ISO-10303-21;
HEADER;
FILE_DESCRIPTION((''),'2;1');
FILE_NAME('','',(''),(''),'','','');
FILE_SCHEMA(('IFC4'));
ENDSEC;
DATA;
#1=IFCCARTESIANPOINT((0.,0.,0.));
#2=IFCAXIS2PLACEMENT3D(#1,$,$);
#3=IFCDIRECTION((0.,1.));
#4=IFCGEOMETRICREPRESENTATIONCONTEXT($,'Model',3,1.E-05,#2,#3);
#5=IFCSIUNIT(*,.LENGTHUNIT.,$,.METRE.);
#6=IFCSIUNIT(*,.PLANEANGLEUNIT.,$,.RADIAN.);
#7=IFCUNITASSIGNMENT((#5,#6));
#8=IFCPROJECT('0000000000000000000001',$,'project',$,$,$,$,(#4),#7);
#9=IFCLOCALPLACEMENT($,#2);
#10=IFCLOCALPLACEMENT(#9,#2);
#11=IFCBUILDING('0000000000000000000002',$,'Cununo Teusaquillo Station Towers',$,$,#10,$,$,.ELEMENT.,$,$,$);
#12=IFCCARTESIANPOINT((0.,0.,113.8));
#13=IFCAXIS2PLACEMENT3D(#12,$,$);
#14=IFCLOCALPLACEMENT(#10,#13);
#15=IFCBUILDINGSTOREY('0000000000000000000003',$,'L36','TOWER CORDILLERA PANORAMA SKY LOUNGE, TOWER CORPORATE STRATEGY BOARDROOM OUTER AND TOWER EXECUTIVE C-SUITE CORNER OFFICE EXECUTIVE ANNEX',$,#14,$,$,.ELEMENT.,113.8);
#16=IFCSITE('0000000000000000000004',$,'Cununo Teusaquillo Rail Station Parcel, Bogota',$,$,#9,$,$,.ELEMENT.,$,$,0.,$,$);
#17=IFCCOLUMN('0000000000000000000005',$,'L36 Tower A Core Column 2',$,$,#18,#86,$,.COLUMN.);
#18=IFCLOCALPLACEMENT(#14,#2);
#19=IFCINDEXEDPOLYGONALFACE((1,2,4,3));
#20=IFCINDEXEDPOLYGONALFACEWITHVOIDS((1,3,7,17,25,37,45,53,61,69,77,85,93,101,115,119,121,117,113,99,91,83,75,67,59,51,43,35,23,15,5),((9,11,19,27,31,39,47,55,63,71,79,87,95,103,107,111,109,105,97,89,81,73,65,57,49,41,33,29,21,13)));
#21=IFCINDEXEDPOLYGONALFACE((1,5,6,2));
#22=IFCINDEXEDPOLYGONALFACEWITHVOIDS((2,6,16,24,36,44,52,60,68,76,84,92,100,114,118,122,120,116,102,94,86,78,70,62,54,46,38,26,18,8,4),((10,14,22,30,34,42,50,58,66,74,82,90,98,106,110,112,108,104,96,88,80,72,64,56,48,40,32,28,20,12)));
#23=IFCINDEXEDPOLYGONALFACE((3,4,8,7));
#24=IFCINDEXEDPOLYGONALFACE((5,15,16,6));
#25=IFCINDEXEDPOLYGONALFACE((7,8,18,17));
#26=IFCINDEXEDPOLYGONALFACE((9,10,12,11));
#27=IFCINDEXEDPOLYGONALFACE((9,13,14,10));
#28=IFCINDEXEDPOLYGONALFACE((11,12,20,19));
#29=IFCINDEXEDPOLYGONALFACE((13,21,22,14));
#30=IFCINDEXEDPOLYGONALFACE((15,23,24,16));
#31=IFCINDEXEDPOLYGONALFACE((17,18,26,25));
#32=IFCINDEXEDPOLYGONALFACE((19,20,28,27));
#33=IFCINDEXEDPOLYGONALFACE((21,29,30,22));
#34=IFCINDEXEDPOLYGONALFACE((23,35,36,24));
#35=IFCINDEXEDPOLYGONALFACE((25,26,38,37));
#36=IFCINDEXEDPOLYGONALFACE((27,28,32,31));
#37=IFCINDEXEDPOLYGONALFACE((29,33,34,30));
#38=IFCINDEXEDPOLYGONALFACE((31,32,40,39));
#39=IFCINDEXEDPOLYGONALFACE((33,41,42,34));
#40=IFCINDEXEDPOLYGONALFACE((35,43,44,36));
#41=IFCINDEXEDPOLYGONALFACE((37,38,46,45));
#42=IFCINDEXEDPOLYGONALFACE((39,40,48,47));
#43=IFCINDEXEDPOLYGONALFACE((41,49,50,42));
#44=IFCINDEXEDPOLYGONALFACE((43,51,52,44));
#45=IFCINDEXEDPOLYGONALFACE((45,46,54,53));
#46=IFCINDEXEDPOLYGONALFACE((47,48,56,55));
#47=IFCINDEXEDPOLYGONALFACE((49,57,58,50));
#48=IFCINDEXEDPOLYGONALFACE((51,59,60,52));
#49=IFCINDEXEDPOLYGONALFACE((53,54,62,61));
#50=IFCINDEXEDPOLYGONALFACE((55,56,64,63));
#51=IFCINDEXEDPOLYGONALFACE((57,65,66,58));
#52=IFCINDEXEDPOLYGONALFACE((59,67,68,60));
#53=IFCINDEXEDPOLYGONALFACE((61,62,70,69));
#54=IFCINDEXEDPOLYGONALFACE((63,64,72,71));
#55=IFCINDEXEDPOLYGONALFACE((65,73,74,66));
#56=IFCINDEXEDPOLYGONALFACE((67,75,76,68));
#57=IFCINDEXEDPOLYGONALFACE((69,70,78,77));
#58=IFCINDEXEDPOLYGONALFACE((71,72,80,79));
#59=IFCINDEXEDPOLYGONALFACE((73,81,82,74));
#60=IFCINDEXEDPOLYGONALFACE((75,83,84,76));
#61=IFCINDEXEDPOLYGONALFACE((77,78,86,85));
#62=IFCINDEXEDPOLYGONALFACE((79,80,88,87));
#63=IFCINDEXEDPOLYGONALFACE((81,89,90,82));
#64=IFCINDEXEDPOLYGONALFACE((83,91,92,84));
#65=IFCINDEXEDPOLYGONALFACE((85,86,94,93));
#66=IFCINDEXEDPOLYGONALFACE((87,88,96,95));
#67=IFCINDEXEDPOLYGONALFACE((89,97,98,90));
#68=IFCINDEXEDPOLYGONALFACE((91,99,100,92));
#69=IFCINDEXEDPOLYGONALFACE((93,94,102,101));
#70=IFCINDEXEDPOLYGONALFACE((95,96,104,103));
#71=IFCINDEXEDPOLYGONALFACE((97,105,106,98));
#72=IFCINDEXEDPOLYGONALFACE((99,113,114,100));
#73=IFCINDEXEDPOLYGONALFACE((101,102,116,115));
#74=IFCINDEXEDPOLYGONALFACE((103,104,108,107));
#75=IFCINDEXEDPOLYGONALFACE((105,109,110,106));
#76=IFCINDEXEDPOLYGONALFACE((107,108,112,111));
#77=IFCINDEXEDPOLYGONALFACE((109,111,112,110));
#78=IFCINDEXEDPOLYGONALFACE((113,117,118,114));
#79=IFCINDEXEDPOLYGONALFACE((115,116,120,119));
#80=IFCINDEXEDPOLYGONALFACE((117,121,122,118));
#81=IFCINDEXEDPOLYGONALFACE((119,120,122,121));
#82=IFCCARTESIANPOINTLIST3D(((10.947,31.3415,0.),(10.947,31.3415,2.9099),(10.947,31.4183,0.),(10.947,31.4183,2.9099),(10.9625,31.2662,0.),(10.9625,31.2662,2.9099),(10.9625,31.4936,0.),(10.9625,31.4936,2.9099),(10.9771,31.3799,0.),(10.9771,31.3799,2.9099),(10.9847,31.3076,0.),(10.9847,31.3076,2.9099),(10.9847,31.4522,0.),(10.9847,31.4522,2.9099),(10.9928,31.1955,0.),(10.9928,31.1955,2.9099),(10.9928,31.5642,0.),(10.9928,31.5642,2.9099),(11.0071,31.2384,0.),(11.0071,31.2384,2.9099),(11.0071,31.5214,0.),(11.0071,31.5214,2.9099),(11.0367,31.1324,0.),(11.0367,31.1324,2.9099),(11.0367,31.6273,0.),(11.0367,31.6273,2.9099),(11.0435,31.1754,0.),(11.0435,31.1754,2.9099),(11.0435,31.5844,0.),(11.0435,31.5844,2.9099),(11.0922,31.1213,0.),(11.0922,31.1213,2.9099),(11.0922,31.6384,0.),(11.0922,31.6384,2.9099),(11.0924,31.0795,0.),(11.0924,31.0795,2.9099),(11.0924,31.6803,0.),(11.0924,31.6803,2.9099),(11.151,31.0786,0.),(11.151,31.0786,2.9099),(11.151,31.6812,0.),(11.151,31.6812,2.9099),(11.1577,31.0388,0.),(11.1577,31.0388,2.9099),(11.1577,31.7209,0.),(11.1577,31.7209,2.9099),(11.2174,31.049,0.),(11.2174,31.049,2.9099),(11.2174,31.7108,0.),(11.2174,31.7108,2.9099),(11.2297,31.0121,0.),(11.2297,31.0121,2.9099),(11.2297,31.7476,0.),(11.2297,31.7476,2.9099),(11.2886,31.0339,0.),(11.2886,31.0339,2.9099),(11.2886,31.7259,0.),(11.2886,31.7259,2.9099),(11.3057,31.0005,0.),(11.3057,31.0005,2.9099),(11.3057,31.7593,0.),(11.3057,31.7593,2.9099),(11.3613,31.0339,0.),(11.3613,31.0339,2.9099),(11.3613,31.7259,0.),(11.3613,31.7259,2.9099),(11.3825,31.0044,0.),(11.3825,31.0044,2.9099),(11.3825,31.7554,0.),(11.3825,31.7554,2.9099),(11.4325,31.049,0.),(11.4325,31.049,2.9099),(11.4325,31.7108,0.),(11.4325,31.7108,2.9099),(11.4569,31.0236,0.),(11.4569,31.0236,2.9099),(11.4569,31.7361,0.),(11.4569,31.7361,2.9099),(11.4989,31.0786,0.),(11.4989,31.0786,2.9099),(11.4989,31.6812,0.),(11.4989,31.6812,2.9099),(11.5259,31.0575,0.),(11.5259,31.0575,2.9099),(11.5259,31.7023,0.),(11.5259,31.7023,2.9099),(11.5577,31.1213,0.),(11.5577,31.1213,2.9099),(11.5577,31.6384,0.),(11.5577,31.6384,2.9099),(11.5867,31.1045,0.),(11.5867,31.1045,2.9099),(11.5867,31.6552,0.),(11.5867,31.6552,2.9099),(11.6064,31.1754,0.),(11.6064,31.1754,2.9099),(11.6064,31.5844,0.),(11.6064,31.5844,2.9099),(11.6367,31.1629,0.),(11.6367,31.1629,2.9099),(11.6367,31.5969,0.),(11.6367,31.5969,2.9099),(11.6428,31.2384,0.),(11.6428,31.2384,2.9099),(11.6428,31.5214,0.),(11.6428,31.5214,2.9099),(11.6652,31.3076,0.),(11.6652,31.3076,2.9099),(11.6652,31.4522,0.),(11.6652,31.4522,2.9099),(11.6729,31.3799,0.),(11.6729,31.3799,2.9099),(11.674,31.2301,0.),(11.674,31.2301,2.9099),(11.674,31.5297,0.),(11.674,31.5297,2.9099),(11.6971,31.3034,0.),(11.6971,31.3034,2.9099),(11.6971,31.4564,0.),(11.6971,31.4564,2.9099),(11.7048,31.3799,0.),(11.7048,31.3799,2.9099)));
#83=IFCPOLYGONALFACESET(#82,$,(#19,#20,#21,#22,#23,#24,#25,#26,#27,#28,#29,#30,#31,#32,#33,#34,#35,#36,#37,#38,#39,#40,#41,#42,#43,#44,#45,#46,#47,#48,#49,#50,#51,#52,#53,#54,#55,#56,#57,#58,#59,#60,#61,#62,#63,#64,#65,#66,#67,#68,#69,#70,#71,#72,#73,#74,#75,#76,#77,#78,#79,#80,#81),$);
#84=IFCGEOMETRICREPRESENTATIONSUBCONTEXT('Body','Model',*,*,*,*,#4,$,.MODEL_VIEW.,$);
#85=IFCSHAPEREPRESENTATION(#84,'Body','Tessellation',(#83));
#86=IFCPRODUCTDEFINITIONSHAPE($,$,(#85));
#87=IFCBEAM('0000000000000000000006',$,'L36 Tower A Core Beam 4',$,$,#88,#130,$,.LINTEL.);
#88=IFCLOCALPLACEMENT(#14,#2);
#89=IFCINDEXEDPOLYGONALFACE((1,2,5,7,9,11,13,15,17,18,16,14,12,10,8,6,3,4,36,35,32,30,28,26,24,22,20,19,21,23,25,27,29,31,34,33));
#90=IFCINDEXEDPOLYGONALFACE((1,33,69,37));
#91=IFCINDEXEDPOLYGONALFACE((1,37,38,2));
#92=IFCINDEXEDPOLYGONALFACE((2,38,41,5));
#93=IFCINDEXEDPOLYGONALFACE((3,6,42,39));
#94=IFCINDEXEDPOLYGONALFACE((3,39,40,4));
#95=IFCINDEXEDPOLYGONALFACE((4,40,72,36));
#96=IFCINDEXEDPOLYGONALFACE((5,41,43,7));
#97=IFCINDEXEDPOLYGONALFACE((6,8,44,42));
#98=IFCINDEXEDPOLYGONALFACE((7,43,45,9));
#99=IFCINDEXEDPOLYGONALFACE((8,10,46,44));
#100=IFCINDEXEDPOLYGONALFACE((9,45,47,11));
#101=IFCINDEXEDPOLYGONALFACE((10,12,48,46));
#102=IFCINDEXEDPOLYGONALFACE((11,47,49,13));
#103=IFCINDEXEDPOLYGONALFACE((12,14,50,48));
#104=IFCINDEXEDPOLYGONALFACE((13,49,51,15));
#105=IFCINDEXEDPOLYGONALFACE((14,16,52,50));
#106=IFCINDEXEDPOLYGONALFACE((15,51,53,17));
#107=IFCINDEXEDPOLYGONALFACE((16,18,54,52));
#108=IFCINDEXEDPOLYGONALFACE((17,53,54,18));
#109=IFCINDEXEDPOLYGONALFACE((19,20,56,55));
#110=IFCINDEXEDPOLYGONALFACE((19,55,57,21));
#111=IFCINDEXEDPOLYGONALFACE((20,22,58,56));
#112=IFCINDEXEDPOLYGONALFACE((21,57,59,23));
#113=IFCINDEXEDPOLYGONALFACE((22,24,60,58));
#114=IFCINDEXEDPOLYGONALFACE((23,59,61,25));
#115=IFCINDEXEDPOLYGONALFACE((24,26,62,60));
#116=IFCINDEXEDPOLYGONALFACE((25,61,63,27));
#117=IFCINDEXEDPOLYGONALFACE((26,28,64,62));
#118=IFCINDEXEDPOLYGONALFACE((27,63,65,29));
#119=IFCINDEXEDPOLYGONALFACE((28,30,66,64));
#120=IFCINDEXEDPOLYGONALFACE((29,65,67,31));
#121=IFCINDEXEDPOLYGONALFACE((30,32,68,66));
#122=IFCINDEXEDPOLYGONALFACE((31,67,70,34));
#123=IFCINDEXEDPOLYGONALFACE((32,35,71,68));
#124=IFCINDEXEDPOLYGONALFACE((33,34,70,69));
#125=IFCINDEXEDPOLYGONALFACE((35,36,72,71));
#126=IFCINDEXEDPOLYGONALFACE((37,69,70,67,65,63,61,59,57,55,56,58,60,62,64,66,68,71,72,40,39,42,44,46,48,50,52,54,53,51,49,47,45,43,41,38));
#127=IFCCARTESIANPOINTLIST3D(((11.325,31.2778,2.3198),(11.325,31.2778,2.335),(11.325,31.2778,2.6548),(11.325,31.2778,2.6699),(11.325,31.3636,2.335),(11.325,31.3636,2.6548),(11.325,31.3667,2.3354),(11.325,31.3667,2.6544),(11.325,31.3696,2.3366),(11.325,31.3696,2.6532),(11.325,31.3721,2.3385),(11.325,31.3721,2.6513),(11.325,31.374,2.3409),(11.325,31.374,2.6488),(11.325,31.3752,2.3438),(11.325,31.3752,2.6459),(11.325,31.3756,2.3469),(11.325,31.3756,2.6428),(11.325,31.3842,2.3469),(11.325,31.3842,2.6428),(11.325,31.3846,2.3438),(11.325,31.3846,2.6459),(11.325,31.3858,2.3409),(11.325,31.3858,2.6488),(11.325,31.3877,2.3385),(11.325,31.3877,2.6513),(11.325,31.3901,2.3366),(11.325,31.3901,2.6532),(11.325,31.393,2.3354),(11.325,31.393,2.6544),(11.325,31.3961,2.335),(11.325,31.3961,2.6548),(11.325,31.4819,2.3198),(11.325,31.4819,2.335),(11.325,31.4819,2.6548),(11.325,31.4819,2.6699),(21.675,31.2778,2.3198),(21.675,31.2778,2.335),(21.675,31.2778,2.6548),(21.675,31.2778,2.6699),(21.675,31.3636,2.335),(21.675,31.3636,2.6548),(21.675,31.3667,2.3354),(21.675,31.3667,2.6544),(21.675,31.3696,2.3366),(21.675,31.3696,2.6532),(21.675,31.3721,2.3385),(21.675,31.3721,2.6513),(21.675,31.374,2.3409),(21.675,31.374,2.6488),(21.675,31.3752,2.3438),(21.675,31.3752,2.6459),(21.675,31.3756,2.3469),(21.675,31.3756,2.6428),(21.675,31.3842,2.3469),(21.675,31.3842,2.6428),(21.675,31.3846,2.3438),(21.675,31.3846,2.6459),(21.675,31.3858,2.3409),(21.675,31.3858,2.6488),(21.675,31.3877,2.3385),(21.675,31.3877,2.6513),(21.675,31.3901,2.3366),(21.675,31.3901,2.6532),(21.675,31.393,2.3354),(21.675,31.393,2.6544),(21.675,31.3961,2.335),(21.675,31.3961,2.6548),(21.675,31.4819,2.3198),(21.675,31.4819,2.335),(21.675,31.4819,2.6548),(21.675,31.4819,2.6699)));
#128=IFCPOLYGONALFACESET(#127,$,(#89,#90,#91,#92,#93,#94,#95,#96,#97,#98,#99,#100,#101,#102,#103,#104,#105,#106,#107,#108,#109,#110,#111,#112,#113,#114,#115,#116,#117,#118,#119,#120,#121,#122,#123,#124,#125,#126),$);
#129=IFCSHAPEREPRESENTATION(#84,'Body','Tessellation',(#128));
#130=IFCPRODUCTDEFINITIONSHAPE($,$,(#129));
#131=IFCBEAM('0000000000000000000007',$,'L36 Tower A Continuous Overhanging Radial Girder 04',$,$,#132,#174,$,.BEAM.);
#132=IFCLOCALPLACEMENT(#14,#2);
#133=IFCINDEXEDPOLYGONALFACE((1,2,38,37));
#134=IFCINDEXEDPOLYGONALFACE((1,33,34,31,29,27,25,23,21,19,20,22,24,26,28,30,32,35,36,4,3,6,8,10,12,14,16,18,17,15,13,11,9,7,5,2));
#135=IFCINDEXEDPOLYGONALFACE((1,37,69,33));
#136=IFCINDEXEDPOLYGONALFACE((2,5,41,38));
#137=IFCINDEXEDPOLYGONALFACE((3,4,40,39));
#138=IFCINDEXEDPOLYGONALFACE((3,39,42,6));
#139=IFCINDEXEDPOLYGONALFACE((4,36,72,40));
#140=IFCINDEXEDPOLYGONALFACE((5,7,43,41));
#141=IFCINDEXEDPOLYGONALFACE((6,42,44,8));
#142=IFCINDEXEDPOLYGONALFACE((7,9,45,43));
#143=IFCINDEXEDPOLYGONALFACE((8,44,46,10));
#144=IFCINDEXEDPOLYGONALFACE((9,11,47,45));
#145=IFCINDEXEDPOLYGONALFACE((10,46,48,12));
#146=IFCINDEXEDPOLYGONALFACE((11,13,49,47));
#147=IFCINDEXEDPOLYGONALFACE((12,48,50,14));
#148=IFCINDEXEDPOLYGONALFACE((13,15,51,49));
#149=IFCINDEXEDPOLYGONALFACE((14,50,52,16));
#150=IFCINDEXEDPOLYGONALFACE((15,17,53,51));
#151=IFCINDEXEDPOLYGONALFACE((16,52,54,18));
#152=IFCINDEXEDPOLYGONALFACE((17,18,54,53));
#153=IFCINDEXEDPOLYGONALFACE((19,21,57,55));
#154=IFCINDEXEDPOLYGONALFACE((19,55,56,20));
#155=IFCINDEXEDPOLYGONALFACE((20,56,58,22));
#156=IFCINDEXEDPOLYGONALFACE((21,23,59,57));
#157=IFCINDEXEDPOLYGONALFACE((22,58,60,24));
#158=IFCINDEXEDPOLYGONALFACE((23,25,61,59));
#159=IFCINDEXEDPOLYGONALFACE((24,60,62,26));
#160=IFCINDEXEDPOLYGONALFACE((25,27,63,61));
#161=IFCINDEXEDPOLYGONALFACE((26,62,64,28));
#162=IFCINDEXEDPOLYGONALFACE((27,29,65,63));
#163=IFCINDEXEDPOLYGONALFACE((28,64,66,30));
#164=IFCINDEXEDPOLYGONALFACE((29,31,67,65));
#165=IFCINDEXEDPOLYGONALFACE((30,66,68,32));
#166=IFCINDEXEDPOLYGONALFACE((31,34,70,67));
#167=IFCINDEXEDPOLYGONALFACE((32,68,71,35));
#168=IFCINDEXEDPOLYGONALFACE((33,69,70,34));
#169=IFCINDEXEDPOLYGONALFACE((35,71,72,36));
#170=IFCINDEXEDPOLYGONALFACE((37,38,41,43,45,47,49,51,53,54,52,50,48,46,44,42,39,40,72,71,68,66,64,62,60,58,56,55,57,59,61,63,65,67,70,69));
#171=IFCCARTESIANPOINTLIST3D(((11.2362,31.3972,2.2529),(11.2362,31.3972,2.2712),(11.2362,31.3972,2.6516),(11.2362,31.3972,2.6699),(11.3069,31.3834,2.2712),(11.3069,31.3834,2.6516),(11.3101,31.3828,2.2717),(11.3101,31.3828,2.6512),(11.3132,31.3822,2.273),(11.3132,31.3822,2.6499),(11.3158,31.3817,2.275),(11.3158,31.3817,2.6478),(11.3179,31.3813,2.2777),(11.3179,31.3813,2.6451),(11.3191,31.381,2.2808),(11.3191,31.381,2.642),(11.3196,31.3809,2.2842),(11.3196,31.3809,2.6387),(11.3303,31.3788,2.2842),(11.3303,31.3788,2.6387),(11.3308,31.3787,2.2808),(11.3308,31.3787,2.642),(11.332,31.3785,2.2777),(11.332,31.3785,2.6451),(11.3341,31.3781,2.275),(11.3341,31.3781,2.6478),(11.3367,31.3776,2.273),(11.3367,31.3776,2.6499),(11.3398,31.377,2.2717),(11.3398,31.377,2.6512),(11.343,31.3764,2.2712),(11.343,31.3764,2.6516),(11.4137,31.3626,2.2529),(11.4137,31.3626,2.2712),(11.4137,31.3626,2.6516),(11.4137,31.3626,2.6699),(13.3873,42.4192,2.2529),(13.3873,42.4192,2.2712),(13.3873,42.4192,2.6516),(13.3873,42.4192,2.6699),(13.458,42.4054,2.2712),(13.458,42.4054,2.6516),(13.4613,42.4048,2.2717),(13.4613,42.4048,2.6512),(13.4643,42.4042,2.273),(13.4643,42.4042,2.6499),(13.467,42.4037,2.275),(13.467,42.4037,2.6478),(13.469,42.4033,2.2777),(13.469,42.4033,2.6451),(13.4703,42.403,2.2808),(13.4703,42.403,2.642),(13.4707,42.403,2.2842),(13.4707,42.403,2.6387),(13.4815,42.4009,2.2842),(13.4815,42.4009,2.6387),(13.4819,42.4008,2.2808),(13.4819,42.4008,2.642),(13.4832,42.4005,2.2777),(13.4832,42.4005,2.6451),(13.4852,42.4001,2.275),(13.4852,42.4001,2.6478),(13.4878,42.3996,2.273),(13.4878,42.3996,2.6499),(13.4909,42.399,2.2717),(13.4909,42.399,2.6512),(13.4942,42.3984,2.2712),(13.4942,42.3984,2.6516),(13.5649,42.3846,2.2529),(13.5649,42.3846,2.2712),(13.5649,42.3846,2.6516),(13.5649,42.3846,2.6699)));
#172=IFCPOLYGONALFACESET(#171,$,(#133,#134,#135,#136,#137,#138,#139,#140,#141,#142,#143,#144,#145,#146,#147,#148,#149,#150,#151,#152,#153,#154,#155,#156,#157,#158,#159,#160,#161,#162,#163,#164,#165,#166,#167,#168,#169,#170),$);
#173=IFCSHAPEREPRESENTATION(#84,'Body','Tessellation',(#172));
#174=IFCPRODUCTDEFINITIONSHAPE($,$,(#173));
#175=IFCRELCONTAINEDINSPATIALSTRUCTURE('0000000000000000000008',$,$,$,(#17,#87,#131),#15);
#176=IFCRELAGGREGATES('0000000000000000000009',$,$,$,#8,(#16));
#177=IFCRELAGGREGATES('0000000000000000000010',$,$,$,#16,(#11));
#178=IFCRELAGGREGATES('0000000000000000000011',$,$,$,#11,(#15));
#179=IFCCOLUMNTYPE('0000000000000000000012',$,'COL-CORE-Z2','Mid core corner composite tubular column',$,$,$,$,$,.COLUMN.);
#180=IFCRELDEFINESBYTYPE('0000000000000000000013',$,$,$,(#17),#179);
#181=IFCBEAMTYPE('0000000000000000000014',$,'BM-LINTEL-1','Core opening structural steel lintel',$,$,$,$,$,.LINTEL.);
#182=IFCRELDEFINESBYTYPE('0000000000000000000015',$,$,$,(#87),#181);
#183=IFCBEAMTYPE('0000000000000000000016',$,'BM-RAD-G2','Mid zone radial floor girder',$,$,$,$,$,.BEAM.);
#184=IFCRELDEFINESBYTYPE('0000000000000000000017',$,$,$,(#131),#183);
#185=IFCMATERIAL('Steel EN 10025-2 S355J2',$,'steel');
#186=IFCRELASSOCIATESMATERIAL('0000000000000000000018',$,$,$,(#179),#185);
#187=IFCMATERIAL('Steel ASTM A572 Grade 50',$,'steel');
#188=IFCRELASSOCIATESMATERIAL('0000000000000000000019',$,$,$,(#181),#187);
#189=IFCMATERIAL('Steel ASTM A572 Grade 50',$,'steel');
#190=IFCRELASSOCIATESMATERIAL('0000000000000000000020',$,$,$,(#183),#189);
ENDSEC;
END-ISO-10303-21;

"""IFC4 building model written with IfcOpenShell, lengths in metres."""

from ifc_helpers import new_model, si_unit, direction, frame, origin, origin_2d, place, context, subcontext, project, spatial, hollow_circle, i_section, extrude, material, material_profile, profile_set, type_object, element, save


model = new_model("IFC4")

# Units and contexts
model_context = context("Model", 3, precision=1e-05, world=origin(), true_north=direction((0.0, 1.0)))
body_context = subcontext(model_context, "Body", "Model", "MODEL_VIEW")
ifc_project = project(units=[si_unit("LENGTHUNIT", "METRE"), si_unit("PLANEANGLEUNIT", "RADIAN")], contexts=[model_context])

# Site, building, storey
site_placement = place(None, origin())
site = spatial("IfcSite", under=ifc_project, at=site_placement, Name="Cununo Teusaquillo Rail Station Parcel, Bogota", CompositionType="ELEMENT", RefElevation=0.0)
building_placement = place(site_placement, origin())
building = spatial("IfcBuilding", under=site, at=building_placement, Name="Cununo Teusaquillo Station Towers", CompositionType="ELEMENT")
storey_placement = place(building_placement, frame((0.0, 0.0, 113.8)))
storey = spatial("IfcBuildingStorey", under=building, at=storey_placement, Name="L36", Description="TOWER CORDILLERA PANORAMA SKY LOUNGE, TOWER CORPORATE STRATEGY BOARDROOM OUTER AND TOWER EXECUTIVE C-SUITE CORNER OFFICE EXECUTIVE ANNEX", CompositionType="ELEMENT", Elevation=113.8)

# Column
ifc_material_1 = material(Name="Steel EN 10025-2 S355J2", Category="steel")
ifc_material_profile_1 = material_profile(ifc_material_1, hollow_circle(Radius=0.3799, WallThickness=0.032, at=origin_2d()), Name="CHS 760x32")
ifc_profile_set_1 = profile_set([ifc_material_profile_1], Name="Steel EN 10025-2 S355J2")
column_type = type_object("IfcColumnType", Name="COL-CORE-Z2", Description="Mid core corner composite tubular column", PredefinedType="COLUMN", material=ifc_profile_set_1)
column_placement = place(storey_placement, frame((11.325, 31.3799, 0.0), z_axis=(0.0, 0.0, 1.0), x_axis=(1.0, 0.0, 0.0)))
element("IfcColumn", 1, at=column_placement, inside=storey, type_object=column_type, Name="L36 Tower A Core Column 2", PredefinedType="COLUMN", context=body_context, shape_type="SweptSolid", body=[
    extrude(hollow_circle(Radius=0.3799, WallThickness=0.032, at=origin_2d()), origin(), (0.0, 0.0, 1.0), 2.9099),
])

# Beams
ifc_material_2 = material(Name="Steel ASTM A572 Grade 50", Category="steel")
ifc_material_profile_2 = material_profile(ifc_material_2, i_section(OverallWidth=0.2041, OverallDepth=0.3501, WebThickness=0.0085, FlangeThickness=0.0151, FilletRadius=0.012, at=origin_2d()), Name="W14X48")
ifc_profile_set_2 = profile_set([ifc_material_profile_2], Name="Steel ASTM A572 Grade 50")
beam_type_1 = type_object("IfcBeamType", Name="BM-LINTEL-1", Description="Core opening structural steel lintel", PredefinedType="LINTEL", material=ifc_profile_set_2)
beam_1_placement = place(storey_placement, frame((11.325, 31.3799, 2.4949), z_axis=(1.0, 0.0, 0.0), x_axis=(0.0, 1.0, 0.0)))
element("IfcBeam", 2, at=beam_1_placement, inside=storey, type_object=beam_type_1, Name="L36 Tower A Core Beam 4", PredefinedType="LINTEL", context=body_context, shape_type="SweptSolid", body=[
    extrude(i_section(OverallWidth=0.2041, OverallDepth=0.3501, WebThickness=0.0085, FlangeThickness=0.0151, FilletRadius=0.012, at=origin_2d()), origin(), (0.0, 0.0, 1.0), 10.3501),
])
ifc_material_3 = material(Name="Steel ASTM A572 Grade 50", Category="steel")
ifc_material_profile_3 = material_profile(ifc_material_3, i_section(OverallWidth=0.1809, OverallDepth=0.417, WebThickness=0.011, FlangeThickness=0.0183, FilletRadius=0.0129, at=origin_2d()), Name="W16X57")
ifc_profile_set_3 = profile_set([ifc_material_profile_3], Name="Steel ASTM A572 Grade 50")
beam_type_2 = type_object("IfcBeamType", Name="BM-RAD-G2", Description="Mid zone radial floor girder", PredefinedType="BEAM", material=ifc_profile_set_3)
beam_2_placement = place(storey_placement, frame((11.325, 31.3799, 2.4614), z_axis=(0.191553, 0.981482, 0.0), x_axis=(-0.981482, 0.191553, 0.0)))
element("IfcBeam", 3, at=beam_2_placement, inside=storey, type_object=beam_type_2, Name="L36 Tower A Continuous Overhanging Radial Girder 04", PredefinedType="BEAM", context=body_context, shape_type="SweptSolid", body=[
    extrude(i_section(OverallWidth=0.1809, OverallDepth=0.417, WebThickness=0.011, FlangeThickness=0.0183, FilletRadius=0.0129, at=origin_2d()), origin(), (0.0, 0.0, 1.0), 11.23),
])

save(model, "model.ifc")
